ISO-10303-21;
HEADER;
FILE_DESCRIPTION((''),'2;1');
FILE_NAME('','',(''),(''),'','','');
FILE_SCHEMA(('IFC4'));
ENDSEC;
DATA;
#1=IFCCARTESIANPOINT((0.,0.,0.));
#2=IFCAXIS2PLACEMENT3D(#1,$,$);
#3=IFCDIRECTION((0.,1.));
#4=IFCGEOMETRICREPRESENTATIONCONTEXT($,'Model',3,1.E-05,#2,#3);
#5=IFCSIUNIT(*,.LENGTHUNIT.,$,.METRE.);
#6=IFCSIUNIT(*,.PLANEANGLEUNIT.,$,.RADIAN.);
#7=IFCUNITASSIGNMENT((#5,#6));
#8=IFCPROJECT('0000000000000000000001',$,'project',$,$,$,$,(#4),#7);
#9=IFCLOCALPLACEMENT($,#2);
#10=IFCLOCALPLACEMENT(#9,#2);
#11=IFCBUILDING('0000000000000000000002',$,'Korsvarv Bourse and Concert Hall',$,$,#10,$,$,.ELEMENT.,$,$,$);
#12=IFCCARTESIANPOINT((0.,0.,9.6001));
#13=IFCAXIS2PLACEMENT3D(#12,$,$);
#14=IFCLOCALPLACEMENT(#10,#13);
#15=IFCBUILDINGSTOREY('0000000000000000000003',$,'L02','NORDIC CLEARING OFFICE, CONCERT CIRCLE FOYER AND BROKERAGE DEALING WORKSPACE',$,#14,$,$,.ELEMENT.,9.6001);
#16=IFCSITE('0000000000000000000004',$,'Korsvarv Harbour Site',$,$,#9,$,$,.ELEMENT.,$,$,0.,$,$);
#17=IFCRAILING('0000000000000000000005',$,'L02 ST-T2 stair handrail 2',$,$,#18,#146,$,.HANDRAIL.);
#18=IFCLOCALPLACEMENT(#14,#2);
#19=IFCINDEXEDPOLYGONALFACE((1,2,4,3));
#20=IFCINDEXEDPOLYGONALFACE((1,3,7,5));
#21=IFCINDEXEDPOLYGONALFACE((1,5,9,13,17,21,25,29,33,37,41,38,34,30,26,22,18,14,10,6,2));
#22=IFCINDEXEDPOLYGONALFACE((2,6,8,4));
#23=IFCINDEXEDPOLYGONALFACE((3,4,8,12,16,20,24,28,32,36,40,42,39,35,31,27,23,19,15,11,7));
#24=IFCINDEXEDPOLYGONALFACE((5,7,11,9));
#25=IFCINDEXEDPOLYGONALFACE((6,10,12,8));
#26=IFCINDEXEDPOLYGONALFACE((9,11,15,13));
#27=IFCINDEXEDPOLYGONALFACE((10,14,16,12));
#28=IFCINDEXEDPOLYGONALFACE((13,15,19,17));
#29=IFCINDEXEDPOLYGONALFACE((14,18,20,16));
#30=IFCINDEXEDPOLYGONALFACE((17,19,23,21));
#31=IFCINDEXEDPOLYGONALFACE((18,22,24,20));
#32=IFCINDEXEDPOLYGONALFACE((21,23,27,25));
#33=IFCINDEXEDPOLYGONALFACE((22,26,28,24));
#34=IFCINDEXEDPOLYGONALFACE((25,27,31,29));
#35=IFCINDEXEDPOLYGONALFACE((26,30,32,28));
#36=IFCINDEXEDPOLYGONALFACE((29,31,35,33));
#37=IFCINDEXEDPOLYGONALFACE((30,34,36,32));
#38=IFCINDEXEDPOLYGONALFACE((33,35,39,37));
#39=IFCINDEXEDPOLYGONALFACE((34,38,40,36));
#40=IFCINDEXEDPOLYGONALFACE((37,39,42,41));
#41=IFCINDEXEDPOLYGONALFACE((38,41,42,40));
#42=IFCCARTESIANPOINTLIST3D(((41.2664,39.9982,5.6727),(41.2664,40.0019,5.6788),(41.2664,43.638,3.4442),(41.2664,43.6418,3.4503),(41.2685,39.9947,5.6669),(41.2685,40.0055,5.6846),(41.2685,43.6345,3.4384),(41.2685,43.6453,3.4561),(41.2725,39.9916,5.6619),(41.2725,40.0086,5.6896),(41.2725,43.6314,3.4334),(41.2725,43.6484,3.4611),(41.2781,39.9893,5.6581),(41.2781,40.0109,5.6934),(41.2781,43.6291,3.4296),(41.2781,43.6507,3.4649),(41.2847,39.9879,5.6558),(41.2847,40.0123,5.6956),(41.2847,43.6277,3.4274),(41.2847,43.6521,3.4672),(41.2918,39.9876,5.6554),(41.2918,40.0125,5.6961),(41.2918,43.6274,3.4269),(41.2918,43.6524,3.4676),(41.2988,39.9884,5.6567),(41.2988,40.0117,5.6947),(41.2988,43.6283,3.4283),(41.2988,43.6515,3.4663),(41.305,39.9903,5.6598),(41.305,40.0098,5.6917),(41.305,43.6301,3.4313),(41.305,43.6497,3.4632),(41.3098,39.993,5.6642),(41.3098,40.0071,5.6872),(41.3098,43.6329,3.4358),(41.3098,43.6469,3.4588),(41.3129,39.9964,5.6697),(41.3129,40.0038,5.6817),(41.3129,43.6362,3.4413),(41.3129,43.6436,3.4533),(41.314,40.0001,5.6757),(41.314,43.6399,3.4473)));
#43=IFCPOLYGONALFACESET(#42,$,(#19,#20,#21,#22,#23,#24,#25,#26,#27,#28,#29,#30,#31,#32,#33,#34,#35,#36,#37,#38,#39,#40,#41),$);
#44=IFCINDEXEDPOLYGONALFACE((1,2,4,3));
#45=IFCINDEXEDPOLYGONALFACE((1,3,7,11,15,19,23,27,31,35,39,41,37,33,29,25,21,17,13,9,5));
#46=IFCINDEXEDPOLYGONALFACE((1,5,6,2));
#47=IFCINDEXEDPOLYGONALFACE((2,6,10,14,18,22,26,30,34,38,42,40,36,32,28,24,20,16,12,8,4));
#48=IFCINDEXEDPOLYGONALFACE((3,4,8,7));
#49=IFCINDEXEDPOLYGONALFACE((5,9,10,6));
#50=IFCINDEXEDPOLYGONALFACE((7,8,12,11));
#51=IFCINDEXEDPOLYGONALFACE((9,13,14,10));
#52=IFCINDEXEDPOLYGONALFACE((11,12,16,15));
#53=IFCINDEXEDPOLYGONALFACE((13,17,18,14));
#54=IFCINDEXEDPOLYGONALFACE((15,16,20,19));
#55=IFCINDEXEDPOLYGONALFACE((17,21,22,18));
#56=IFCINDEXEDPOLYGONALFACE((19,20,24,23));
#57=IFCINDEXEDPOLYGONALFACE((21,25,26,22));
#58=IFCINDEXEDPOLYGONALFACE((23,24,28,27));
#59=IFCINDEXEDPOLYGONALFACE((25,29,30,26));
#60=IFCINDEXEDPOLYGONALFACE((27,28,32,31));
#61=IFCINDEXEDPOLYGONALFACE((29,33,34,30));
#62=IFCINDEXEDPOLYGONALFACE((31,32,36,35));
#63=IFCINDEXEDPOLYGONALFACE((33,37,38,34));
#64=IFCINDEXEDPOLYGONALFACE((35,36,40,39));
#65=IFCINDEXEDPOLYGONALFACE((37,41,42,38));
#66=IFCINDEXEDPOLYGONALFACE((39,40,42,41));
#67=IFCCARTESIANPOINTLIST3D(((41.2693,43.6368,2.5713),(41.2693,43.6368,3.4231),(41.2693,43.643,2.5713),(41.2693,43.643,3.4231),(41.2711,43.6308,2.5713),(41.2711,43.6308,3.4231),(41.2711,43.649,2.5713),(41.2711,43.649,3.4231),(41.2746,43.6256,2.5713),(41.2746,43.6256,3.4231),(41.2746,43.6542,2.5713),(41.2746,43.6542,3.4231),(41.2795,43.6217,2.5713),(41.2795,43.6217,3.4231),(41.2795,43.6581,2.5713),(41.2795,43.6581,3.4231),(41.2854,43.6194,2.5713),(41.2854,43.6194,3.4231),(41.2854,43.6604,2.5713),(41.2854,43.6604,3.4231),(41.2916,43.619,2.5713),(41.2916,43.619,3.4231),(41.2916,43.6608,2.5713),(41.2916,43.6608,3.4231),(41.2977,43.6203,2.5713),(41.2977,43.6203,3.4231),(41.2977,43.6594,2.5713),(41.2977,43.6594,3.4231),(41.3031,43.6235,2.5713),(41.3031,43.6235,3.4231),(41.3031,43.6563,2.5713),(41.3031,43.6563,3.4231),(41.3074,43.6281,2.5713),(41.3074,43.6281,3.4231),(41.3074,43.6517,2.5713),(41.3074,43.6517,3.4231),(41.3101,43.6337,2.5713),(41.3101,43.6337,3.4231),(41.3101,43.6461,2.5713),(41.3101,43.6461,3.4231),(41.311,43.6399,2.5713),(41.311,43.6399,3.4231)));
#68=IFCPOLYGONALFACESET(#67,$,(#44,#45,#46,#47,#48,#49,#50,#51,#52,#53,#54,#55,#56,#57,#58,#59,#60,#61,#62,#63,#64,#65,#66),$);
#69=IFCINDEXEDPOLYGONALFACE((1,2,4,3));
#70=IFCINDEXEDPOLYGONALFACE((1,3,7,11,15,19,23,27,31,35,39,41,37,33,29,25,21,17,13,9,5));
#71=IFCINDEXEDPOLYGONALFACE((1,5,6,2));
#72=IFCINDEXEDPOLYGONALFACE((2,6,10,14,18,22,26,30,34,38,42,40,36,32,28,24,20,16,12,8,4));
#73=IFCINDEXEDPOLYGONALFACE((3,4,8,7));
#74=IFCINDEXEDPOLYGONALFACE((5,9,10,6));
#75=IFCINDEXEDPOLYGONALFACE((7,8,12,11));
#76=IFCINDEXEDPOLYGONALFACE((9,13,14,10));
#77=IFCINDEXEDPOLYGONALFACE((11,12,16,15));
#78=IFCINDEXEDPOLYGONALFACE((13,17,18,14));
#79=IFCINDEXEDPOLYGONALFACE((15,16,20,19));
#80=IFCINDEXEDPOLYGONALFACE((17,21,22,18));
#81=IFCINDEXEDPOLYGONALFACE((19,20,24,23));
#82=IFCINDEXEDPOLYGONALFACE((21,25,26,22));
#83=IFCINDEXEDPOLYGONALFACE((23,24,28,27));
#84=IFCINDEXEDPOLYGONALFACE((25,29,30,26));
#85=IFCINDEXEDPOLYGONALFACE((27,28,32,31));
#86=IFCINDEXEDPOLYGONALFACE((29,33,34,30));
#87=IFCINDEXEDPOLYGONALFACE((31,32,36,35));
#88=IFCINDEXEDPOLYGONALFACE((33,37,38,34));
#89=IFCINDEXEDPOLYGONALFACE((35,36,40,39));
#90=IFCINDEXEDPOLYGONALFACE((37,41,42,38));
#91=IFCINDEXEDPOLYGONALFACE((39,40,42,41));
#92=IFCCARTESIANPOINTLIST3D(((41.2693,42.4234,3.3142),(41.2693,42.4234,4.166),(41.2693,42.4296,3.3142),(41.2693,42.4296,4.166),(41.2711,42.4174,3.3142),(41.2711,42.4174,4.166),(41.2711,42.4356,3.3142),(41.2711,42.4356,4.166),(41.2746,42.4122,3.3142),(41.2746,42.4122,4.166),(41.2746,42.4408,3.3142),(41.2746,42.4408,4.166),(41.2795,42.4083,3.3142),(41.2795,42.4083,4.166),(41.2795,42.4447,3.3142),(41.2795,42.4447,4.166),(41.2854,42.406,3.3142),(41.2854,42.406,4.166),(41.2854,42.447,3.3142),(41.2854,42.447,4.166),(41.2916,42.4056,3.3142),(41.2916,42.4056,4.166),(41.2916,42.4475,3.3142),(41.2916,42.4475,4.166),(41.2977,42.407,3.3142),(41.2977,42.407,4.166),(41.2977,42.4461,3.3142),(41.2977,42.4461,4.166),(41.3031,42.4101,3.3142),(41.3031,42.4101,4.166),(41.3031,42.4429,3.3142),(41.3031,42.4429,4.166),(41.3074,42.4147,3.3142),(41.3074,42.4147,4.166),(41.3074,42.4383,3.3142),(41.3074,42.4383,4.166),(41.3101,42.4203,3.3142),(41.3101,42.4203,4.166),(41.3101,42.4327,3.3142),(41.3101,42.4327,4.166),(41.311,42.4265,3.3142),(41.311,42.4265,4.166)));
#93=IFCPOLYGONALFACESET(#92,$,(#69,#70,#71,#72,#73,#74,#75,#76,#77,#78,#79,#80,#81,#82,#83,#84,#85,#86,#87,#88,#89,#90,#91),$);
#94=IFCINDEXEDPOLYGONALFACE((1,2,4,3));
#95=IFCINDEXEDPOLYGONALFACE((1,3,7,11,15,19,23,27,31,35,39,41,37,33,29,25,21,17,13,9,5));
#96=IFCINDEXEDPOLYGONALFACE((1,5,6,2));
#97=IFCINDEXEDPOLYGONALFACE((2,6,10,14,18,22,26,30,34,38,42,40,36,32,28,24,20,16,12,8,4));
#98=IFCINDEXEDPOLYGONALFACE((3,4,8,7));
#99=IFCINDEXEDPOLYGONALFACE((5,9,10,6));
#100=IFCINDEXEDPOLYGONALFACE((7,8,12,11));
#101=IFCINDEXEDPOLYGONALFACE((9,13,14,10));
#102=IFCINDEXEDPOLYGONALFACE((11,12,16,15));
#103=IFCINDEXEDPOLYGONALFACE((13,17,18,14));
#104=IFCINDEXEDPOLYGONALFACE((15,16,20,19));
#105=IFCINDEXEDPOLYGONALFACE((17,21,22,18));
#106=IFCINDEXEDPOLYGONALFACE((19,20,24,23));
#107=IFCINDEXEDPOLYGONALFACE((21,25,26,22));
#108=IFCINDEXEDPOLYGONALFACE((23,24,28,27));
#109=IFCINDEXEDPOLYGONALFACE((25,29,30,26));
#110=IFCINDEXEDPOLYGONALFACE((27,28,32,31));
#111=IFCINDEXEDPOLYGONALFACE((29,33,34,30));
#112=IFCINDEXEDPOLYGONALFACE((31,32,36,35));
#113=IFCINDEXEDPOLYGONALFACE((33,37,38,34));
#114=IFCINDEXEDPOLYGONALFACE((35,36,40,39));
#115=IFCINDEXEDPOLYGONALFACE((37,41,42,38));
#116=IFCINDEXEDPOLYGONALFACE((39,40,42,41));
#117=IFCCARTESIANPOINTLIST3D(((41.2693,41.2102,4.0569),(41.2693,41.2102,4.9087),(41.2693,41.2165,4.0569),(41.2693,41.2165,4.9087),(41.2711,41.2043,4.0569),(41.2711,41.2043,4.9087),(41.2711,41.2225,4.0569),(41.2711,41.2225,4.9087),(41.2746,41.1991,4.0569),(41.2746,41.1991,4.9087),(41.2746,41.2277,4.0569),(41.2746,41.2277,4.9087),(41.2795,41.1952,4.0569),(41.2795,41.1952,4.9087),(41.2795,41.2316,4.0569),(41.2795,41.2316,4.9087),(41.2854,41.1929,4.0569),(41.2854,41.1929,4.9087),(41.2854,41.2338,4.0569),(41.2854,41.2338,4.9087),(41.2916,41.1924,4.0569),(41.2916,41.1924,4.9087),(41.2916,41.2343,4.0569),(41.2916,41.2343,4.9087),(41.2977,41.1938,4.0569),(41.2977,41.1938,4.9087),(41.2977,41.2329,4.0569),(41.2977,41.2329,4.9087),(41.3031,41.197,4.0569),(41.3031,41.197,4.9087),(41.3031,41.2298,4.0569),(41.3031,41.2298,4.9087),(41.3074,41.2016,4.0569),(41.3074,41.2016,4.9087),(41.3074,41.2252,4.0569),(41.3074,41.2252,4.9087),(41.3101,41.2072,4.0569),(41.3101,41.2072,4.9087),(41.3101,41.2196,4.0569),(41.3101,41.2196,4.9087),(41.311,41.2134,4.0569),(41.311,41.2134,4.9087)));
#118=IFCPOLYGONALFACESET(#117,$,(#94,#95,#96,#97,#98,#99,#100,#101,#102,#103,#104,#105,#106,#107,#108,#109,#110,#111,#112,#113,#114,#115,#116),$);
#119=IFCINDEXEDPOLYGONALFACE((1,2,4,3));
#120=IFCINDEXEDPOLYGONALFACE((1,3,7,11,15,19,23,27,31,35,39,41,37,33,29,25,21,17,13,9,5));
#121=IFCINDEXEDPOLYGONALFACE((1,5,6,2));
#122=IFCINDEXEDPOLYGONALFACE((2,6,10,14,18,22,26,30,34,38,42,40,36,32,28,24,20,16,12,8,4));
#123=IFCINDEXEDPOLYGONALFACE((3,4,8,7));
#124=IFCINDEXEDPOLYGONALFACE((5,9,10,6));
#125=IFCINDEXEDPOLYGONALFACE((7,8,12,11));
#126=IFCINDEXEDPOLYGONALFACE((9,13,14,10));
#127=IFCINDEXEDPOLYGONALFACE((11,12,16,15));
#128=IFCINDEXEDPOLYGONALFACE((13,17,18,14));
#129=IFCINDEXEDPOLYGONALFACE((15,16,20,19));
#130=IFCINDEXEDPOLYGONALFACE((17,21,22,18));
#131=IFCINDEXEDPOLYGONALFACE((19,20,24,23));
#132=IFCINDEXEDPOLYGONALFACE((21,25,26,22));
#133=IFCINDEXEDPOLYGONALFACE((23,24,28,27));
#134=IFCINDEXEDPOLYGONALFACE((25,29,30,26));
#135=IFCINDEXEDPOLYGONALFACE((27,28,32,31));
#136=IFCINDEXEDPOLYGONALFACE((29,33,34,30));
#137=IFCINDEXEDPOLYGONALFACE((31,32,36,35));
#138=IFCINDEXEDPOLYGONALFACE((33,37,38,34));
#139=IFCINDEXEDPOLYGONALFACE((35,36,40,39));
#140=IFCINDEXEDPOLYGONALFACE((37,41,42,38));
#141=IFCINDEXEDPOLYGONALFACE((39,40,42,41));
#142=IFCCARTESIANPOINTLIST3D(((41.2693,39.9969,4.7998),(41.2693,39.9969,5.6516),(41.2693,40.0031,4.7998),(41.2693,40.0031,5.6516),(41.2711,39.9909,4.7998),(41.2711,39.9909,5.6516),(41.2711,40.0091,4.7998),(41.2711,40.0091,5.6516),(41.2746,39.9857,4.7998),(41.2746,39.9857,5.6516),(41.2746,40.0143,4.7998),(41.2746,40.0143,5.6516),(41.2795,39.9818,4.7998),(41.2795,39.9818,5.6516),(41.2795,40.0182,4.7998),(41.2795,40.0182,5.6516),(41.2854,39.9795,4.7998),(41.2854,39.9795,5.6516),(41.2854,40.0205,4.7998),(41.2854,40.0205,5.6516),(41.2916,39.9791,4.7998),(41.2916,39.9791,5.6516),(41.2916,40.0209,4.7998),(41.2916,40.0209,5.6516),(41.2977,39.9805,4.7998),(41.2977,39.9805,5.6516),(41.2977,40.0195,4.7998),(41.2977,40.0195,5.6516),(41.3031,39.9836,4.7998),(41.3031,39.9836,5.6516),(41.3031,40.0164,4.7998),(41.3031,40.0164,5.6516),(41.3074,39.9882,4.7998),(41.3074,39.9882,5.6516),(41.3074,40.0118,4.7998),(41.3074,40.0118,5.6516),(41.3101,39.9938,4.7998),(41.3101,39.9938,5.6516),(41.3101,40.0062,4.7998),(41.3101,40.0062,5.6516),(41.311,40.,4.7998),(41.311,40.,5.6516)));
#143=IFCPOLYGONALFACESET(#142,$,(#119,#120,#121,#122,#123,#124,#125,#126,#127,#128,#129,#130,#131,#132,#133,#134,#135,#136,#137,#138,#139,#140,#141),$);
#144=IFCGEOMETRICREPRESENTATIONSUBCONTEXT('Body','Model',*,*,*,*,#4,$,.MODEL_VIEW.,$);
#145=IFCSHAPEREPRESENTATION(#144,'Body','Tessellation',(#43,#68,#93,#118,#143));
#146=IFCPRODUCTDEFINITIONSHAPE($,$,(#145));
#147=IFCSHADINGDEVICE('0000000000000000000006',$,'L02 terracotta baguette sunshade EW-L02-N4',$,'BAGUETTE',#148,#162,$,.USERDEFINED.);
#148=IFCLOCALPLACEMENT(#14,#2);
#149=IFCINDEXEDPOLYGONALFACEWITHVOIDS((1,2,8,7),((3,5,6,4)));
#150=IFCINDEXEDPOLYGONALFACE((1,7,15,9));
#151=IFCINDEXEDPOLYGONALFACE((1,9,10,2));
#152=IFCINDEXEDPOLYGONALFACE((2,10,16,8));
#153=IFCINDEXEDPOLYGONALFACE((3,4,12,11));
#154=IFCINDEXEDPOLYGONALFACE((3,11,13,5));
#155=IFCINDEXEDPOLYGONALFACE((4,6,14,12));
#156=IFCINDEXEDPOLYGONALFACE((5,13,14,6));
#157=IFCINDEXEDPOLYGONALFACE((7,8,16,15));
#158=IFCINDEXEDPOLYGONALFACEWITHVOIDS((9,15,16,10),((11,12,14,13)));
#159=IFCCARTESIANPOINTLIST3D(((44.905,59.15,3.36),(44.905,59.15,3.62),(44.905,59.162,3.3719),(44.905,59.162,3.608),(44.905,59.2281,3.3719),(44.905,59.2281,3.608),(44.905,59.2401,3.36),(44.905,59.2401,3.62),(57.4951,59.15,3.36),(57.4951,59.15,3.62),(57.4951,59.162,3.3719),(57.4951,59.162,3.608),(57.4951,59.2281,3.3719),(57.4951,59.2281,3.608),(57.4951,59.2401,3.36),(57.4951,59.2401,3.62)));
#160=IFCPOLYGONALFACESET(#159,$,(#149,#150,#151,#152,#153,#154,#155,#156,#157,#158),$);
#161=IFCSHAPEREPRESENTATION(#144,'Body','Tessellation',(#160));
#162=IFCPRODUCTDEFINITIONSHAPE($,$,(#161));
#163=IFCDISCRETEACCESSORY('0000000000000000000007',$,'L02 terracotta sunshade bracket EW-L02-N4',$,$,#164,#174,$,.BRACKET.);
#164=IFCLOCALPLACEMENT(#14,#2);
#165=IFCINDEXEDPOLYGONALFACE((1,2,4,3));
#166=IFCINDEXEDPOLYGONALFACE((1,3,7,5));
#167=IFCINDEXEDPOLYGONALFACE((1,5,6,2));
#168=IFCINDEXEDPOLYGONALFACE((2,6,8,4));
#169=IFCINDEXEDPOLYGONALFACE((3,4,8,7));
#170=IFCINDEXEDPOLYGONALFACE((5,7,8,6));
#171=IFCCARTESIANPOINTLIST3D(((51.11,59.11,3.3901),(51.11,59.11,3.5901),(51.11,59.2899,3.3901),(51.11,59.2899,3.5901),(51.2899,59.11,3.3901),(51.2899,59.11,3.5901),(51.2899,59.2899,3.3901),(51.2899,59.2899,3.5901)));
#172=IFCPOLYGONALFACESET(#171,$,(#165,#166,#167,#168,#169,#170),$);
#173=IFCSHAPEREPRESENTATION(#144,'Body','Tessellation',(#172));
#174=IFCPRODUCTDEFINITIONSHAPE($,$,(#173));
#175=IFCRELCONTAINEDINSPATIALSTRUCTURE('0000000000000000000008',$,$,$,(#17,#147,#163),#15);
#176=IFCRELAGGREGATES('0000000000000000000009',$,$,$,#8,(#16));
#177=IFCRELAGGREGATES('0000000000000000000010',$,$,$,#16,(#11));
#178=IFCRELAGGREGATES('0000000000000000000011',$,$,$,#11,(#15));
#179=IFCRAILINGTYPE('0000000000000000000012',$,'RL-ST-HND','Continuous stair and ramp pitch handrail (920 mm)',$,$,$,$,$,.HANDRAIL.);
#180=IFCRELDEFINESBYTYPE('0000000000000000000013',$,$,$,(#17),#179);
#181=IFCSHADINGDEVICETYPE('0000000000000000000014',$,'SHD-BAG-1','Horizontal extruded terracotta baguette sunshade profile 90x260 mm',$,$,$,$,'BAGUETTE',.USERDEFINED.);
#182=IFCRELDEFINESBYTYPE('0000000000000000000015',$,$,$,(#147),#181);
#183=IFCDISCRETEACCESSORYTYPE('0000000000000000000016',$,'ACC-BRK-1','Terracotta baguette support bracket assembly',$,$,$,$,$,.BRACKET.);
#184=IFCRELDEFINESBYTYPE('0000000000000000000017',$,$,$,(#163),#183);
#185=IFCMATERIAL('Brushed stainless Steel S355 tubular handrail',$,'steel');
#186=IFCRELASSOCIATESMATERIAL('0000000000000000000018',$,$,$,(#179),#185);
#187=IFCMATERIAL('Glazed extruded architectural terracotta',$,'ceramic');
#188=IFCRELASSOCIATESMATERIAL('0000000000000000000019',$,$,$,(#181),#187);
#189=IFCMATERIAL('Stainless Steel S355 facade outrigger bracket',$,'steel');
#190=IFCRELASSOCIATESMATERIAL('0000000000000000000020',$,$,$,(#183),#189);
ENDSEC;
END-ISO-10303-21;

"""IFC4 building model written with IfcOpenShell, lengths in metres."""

from ifc_helpers import new_model, si_unit, direction, frame, origin, origin_2d, place, context, subcontext, project, spatial, rectangle, hollow_rectangle, circle, extrude, source, transform, mapped, material, material_profile, profile_set, type_object, element, save


model = new_model("IFC4")

# Units and contexts
model_context = context("Model", 3, precision=1e-05, world=origin(), true_north=direction((0.0, 1.0)))
body_context = subcontext(model_context, "Body", "Model", "MODEL_VIEW")
ifc_project = project(units=[si_unit("LENGTHUNIT", "METRE"), si_unit("PLANEANGLEUNIT", "RADIAN")], contexts=[model_context])

# Site, building, storey
site_placement = place(None, origin())
site = spatial("IfcSite", under=ifc_project, at=site_placement, Name="Korsvarv Harbour Site", CompositionType="ELEMENT", RefElevation=0.0)
building_placement = place(site_placement, origin())
building = spatial("IfcBuilding", under=site, at=building_placement, Name="Korsvarv Bourse and Concert Hall", CompositionType="ELEMENT")
storey_placement = place(building_placement, frame((0.0, 0.0, 9.6001)))
storey = spatial("IfcBuildingStorey", under=building, at=storey_placement, Name="L02", Description="NORDIC CLEARING OFFICE, CONCERT CIRCLE FOYER AND BROKERAGE DEALING WORKSPACE", CompositionType="ELEMENT", Elevation=9.6001)

# Railing
ifc_material_1 = material(Name="Brushed stainless Steel S355 tubular handrail", Category="steel")
railing_type_1 = type_object("IfcRailingType", Name="RL-ST-HND", Description="Continuous stair and ramp pitch handrail (920 mm)", PredefinedType="HANDRAIL", material=ifc_material_1)
railing_1_placement = place(storey_placement, frame((41.29, 43.6399, 2.5713)))
element("IfcRailing", 1, at=railing_1_placement, inside=storey, type_object=railing_type_1, Name="L02 ST-T2 stair handrail 2", PredefinedType="HANDRAIL", context=body_context, shape_type="SweptSolid", body=[
    extrude(circle(Radius=0.0239, at=origin_2d()), frame((0.0, 0.0, 0.876), z_axis=(0.0, -0.85285, 0.522156), x_axis=(1.0, 0.0, 0.0)), (0.0, 0.0, 1.0), 4.2678),
    extrude(circle(Radius=0.021, at=origin_2d()), origin(), (0.0, 0.0, 1.0), 0.8518),
    extrude(circle(Radius=0.021, at=origin_2d()), frame((0.0, -1.2134, 0.7429)), (0.0, 0.0, 1.0), 0.8518),
    extrude(circle(Radius=0.021, at=origin_2d()), frame((0.0, -2.4265, 1.4856)), (0.0, 0.0, 1.0), 0.8518),
    extrude(circle(Radius=0.021, at=origin_2d()), frame((0.0, -3.6399, 2.2285)), (0.0, 0.0, 1.0), 0.8518),
])

# Shading device
ifc_material_2 = material(Name="Glazed extruded architectural terracotta", Category="ceramic")
ifc_material_profile_1 = material_profile(ifc_material_2, hollow_rectangle(XDim=0.0901, YDim=0.26, WallThickness=0.012, at=origin_2d()), Name="TC-BAG 90x260")
ifc_profile_set_1 = profile_set([ifc_material_profile_1], Name="Glazed extruded architectural terracotta")
shading_device_type = type_object("IfcShadingDeviceType", Name="SHD-BAG-1", Description="Horizontal extruded terracotta baguette sunshade profile 90x260 mm", ElementType="BAGUETTE", PredefinedType="USERDEFINED", material=ifc_profile_set_1)
shared_shape_1 = source(origin(), body_context, "Body", "SweptSolid", [
    extrude(hollow_rectangle(XDim=0.0901, YDim=0.26, WallThickness=0.012, at=origin_2d()), origin(), (0.0, 0.0, 1.0), 12.5901),
])
shading_device_placement = place(storey_placement, frame((44.905, 59.1951, 3.49), z_axis=(1.0, 0.0, 0.0), x_axis=(0.0, 1.0, 0.0)))
element("IfcShadingDevice", 2, at=shading_device_placement, inside=storey, type_object=shading_device_type, Name="L02 terracotta baguette sunshade EW-L02-N4", ObjectType="BAGUETTE", PredefinedType="USERDEFINED", context=body_context, shape_type="MappedRepresentation", body=[
    mapped(shared_shape_1, transform((0.0, 0.0, 0.0), scale=1.0)),
])

# Discrete accessory
ifc_material_3 = material(Name="Stainless Steel S355 facade outrigger bracket", Category="steel")
discrete_accessory_type = type_object("IfcDiscreteAccessoryType", Name="ACC-BRK-1", Description="Terracotta baguette support bracket assembly", PredefinedType="BRACKET", material=ifc_material_3)
shared_shape_2 = source(origin(), body_context, "Body", "SweptSolid", [
    extrude(rectangle(XDim=0.1799, YDim=0.1799, at=origin_2d()), origin(), (0.0, 0.0, 1.0), 0.2),
])
discrete_accessory_placement = place(storey_placement, frame((51.2, 59.2, 3.3901), z_axis=(0.0, 0.0, 1.0), x_axis=(1.0, 0.0, 0.0)))
element("IfcDiscreteAccessory", 3, at=discrete_accessory_placement, inside=storey, type_object=discrete_accessory_type, Name="L02 terracotta sunshade bracket EW-L02-N4", PredefinedType="BRACKET", context=body_context, shape_type="MappedRepresentation", body=[
    mapped(shared_shape_2, transform((0.0, 0.0, 0.0), scale=1.0)),
])

save(model, "model.ifc")
